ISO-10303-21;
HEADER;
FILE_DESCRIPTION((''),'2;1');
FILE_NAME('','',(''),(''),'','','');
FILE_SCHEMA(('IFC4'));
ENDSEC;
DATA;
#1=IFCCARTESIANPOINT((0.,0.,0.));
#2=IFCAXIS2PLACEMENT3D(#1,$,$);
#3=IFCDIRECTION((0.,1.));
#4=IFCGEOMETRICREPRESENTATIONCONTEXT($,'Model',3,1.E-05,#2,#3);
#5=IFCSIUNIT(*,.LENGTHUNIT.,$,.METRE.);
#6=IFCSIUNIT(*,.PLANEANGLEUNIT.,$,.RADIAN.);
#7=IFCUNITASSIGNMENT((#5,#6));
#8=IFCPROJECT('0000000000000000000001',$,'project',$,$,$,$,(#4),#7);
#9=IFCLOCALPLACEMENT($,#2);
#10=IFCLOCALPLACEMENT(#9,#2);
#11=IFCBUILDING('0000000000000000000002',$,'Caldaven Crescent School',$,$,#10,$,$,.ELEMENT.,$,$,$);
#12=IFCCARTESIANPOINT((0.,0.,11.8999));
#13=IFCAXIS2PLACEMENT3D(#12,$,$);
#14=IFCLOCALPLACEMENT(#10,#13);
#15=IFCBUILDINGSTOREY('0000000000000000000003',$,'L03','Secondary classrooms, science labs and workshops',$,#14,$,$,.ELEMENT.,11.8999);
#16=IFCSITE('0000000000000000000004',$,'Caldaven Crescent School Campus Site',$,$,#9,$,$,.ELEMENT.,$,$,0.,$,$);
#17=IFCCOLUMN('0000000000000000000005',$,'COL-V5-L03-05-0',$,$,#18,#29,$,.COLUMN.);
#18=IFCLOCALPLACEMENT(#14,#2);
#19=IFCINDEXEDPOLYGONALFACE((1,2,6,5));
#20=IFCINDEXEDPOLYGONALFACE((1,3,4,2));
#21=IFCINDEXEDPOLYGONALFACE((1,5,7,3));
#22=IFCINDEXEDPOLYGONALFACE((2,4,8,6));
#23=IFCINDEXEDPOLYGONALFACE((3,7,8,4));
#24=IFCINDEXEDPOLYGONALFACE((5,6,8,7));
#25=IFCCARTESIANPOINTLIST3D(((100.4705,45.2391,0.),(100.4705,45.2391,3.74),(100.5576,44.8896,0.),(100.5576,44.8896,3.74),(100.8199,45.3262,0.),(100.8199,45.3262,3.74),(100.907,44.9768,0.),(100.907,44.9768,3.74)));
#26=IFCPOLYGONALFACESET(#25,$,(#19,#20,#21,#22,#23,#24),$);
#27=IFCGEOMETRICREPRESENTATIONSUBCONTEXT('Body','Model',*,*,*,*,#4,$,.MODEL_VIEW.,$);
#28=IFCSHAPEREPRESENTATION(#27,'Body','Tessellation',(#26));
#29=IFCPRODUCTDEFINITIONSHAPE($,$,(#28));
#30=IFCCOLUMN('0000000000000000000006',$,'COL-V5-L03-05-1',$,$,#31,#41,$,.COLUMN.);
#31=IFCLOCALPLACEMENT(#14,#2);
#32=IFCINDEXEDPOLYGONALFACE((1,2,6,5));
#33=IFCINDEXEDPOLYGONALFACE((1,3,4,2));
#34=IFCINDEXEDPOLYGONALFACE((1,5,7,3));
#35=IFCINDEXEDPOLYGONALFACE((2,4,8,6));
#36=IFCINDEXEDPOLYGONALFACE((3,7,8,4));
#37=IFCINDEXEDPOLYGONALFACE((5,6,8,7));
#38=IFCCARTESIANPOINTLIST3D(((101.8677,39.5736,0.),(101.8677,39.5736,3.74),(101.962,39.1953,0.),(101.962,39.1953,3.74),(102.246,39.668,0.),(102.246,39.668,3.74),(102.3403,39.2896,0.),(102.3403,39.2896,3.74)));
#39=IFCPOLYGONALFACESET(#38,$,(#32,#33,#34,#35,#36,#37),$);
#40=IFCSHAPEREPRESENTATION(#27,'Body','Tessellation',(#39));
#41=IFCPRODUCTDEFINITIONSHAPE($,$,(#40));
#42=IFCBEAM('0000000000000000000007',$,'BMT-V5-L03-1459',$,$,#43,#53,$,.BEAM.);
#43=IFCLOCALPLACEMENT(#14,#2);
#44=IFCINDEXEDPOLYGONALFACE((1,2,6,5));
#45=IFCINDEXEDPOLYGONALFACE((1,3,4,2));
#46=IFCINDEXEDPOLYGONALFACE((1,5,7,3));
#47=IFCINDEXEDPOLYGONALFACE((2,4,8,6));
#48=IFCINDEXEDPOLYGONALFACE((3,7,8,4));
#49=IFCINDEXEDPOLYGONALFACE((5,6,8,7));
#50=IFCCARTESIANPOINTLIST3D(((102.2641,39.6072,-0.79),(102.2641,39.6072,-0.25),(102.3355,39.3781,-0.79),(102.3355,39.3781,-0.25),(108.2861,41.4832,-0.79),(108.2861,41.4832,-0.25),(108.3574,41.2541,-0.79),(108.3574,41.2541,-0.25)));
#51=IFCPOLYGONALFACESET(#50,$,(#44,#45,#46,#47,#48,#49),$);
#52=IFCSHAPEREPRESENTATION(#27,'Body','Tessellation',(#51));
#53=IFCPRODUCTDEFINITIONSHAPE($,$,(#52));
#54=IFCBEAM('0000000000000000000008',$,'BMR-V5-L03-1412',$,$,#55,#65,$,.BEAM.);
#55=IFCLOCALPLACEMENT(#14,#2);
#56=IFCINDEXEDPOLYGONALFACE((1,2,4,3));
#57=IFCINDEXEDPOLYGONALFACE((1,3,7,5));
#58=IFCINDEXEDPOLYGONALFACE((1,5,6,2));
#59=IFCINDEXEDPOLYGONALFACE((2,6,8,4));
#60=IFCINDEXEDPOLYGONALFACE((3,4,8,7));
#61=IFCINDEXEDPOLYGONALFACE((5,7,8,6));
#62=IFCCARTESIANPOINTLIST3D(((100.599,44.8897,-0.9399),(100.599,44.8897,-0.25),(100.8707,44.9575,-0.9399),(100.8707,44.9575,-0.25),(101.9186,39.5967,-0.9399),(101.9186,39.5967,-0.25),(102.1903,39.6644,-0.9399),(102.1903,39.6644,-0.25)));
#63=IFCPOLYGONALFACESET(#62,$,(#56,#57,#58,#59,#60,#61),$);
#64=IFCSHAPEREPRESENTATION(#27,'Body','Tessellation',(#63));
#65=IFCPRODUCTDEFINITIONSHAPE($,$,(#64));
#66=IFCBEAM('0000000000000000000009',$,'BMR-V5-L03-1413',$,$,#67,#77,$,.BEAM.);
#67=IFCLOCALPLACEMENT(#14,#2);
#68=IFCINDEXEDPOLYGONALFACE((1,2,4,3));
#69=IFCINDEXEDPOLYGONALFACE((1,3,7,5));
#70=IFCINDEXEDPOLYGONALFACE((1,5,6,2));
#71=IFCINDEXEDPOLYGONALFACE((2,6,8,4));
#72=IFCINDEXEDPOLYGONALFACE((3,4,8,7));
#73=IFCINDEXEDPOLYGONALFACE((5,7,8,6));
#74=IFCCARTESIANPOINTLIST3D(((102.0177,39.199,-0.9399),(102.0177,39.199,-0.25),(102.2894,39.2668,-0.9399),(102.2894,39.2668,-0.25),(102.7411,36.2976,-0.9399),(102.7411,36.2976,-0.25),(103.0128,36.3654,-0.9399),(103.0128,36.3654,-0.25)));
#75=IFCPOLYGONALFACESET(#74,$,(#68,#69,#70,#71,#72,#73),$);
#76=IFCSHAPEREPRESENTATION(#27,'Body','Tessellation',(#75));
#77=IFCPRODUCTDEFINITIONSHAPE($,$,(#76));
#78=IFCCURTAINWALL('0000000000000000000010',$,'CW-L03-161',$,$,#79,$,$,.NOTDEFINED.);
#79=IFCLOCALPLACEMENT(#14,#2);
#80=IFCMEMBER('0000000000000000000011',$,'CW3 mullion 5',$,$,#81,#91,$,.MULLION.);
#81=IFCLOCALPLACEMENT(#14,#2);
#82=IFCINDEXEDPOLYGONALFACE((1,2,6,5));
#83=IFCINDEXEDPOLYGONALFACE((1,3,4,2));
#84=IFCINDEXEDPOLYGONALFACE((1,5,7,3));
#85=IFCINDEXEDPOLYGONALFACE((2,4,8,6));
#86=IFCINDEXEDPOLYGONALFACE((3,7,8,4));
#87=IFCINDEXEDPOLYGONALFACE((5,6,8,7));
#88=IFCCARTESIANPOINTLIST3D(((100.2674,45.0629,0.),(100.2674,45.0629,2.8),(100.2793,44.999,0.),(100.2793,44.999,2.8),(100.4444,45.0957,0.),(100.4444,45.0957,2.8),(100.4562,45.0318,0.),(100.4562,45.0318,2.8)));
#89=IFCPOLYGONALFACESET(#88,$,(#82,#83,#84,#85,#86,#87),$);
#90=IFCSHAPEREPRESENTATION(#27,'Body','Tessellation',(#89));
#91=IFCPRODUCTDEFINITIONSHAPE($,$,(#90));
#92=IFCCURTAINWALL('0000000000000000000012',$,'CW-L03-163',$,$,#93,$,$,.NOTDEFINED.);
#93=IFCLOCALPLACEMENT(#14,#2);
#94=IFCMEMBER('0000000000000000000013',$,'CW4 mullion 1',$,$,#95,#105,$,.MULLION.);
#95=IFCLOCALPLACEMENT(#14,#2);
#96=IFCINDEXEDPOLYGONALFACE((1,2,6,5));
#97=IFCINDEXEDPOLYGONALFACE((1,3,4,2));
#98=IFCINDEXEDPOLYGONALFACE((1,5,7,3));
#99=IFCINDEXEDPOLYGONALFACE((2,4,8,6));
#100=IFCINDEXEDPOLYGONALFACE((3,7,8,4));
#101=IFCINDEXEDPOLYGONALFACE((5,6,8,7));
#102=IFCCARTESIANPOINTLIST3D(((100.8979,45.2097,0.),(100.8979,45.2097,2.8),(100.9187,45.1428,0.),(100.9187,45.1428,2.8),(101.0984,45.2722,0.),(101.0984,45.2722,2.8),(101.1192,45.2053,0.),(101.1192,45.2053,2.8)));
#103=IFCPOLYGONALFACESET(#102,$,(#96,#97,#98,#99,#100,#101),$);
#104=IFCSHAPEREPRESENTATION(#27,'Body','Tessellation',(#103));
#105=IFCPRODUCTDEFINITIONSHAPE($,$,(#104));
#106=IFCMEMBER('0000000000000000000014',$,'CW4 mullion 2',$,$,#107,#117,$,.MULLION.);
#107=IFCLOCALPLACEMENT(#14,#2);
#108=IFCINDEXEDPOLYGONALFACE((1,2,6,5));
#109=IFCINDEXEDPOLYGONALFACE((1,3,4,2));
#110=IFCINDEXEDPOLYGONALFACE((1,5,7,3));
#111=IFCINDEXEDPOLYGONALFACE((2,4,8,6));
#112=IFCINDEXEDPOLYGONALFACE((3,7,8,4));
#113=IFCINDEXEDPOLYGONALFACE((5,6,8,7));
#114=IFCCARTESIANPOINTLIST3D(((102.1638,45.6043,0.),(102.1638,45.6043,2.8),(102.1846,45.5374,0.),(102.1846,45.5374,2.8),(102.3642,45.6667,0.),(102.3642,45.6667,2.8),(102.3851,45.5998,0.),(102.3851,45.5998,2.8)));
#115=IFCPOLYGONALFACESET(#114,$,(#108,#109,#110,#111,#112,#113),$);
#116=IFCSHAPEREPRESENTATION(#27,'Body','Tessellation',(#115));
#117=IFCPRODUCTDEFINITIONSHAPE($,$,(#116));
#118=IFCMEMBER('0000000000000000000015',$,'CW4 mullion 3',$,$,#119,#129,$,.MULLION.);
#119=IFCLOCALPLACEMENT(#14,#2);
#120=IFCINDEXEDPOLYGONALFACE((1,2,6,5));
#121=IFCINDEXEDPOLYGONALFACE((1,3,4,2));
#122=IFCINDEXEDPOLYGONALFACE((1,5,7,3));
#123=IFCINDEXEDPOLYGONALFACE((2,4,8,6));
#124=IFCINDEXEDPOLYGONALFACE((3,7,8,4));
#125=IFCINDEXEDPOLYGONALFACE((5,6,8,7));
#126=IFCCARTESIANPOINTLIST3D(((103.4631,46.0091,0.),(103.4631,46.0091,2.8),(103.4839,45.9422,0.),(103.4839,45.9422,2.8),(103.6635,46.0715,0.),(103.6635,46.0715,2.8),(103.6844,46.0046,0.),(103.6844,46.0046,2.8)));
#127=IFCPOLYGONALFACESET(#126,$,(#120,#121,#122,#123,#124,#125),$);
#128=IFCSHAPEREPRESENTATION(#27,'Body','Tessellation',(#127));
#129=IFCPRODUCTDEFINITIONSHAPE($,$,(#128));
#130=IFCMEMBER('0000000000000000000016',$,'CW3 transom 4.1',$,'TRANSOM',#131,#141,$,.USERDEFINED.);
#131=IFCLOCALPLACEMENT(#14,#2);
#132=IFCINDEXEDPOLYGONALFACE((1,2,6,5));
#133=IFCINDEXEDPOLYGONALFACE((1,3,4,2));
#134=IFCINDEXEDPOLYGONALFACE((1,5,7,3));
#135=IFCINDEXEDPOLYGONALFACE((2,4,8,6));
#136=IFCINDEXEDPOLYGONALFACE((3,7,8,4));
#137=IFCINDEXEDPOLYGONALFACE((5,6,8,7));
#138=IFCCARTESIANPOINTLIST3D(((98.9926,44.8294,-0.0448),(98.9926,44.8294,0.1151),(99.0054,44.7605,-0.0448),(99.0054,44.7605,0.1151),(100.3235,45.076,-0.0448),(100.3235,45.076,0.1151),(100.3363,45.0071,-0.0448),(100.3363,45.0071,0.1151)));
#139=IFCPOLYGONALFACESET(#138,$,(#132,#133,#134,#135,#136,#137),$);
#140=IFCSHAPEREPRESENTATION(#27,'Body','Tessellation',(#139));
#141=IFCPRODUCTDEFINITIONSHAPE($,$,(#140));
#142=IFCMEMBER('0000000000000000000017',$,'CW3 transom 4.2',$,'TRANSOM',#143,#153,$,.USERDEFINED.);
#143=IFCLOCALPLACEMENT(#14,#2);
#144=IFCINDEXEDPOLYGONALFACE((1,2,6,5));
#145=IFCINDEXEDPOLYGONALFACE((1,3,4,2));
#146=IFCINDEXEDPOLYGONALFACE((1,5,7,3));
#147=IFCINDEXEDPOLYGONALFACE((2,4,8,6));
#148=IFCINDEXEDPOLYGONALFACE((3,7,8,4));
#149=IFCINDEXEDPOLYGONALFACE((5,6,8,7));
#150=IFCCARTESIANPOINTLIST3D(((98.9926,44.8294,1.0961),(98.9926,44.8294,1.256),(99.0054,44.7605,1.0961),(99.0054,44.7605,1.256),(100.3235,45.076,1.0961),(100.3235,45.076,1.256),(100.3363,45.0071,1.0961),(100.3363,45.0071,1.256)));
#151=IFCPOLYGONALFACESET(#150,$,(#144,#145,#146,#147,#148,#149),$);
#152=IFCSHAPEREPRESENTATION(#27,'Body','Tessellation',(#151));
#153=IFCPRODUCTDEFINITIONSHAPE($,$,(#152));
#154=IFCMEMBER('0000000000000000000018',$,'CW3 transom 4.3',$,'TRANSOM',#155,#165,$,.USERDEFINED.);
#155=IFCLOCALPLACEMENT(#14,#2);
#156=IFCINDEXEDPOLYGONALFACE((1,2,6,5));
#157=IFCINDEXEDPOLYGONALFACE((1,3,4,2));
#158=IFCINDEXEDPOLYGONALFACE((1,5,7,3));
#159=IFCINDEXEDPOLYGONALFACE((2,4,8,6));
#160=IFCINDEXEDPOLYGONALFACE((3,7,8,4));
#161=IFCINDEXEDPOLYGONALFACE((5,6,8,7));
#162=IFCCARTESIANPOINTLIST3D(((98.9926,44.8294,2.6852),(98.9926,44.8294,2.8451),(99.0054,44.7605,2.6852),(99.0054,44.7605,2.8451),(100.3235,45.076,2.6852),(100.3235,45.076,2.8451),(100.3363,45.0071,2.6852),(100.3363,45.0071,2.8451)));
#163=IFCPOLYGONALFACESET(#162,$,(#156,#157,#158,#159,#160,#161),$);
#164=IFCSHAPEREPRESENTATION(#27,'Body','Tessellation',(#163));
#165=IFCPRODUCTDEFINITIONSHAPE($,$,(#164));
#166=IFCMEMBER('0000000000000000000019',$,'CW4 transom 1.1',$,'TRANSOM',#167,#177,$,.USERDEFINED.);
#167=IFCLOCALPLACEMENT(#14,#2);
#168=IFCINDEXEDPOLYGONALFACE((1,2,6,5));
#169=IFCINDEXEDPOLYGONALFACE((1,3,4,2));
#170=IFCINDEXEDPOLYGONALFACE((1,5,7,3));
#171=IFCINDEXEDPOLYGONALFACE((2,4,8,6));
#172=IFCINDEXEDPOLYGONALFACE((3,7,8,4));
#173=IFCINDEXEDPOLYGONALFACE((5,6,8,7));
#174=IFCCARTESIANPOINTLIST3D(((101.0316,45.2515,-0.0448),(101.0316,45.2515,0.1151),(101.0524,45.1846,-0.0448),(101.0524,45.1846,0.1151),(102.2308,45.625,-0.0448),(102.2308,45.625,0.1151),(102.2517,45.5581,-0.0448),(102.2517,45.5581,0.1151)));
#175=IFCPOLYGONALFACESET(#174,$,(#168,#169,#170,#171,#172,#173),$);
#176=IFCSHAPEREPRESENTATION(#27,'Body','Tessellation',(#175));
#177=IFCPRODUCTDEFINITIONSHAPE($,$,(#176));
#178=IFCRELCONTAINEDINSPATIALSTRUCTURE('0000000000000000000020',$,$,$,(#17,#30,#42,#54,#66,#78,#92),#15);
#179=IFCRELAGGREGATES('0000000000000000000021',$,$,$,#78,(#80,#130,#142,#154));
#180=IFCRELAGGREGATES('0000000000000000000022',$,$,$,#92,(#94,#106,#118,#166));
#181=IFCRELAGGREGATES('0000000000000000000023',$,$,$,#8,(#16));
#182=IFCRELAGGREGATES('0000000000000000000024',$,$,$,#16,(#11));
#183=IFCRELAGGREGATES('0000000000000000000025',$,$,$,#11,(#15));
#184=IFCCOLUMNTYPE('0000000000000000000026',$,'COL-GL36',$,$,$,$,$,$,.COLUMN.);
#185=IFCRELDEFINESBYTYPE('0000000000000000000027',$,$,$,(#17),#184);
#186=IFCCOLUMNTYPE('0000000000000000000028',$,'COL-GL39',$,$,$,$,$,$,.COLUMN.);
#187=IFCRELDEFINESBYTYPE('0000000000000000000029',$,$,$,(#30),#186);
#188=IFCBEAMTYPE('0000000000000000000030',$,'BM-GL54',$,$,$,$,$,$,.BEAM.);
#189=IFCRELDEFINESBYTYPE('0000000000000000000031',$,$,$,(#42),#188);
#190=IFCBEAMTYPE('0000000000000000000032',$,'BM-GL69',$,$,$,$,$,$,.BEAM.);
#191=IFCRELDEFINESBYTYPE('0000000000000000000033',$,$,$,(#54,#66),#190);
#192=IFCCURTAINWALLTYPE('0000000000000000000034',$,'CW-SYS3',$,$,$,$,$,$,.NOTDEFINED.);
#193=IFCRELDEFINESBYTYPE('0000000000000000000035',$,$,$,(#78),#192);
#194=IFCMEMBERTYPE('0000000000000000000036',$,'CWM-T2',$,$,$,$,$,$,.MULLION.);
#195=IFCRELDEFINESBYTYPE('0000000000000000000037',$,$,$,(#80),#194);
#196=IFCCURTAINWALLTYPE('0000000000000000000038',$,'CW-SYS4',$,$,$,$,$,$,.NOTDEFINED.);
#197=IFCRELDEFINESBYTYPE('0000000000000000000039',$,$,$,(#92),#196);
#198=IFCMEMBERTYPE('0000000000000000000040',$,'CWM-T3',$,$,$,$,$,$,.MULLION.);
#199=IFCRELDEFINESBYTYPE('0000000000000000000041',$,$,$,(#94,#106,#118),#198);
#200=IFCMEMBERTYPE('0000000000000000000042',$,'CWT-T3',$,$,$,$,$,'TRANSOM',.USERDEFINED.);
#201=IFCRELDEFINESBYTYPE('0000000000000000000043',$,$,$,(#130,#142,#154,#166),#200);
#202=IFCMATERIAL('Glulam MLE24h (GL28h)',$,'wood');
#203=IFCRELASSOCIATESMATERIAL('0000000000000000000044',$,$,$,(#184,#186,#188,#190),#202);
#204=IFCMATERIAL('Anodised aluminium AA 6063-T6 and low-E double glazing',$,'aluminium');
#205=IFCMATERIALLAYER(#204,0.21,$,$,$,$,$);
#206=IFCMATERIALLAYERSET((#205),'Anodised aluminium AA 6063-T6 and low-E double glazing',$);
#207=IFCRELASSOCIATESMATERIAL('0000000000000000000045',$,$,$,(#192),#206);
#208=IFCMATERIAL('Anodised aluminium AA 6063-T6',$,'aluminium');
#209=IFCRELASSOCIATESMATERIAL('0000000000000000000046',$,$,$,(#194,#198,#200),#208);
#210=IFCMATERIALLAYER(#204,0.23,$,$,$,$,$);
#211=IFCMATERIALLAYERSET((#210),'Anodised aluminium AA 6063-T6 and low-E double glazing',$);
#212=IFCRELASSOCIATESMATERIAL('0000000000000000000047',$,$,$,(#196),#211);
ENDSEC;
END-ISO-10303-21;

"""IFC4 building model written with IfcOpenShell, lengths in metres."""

from ifc_helpers import new_model, si_unit, direction, frame, origin, origin_2d, place, context, subcontext, project, spatial, rectangle, extrude, material, layer, layer_set, material_profile, profile_set, type_object, element, aggregate, save


model = new_model("IFC4")

# Units and contexts
model_context = context("Model", 3, precision=1e-05, world=origin(), true_north=direction((0.0, 1.0)))
body_context = subcontext(model_context, "Body", "Model", "MODEL_VIEW")
ifc_project = project(units=[si_unit("LENGTHUNIT", "METRE"), si_unit("PLANEANGLEUNIT", "RADIAN")], contexts=[model_context])

# Site, building, storey
site_placement = place(None, origin())
site = spatial("IfcSite", under=ifc_project, at=site_placement, Name="Caldaven Crescent School Campus Site", CompositionType="ELEMENT", RefElevation=0.0)
building_placement = place(site_placement, origin())
building = spatial("IfcBuilding", under=site, at=building_placement, Name="Caldaven Crescent School", CompositionType="ELEMENT")
storey_placement = place(building_placement, frame((0.0, 0.0, 11.8999)))
storey = spatial("IfcBuildingStorey", under=building, at=storey_placement, Name="L03", Description="Secondary classrooms, science labs and workshops", CompositionType="ELEMENT", Elevation=11.8999)

# Columns
ifc_material_1 = material(Name="Glulam MLE24h (GL28h)", Category="wood")
ifc_material_profile_1 = material_profile(ifc_material_1, rectangle(XDim=0.3601, YDim=0.3601, at=origin_2d()), Name="MLE 360x360")
ifc_profile_set_1 = profile_set([ifc_material_profile_1], Name="Glulam MLE24h (GL28h)")
column_type_1 = type_object("IfcColumnType", Name="COL-GL36", PredefinedType="COLUMN", material=ifc_profile_set_1)
column_1_placement = place(storey_placement, frame((100.6887, 45.1079, 0.0), z_axis=(0.0, 0.0, 1.0), x_axis=(0.241922, -0.970296, 0.0)))
element("IfcColumn", 1, at=column_1_placement, inside=storey, type_object=column_type_1, Name="COL-V5-L03-05-0", PredefinedType="COLUMN", context=body_context, shape_type="SweptSolid", body=[
    extrude(rectangle(XDim=0.3601, YDim=0.3601, at=origin_2d()), origin(), (0.0, 0.0, 1.0), 3.74),
])
ifc_material_profile_2 = material_profile(ifc_material_1, rectangle(XDim=0.3899, YDim=0.3899, at=origin_2d()), Name="MLE 390x390")
ifc_profile_set_2 = profile_set([ifc_material_profile_2], Name="Glulam MLE24h (GL28h)")
column_type_2 = type_object("IfcColumnType", Name="COL-GL39", PredefinedType="COLUMN", material=ifc_profile_set_2)
column_2_placement = place(storey_placement, frame((102.104, 39.4316, 0.0), z_axis=(0.0, 0.0, 1.0), x_axis=(0.241922, -0.970296, 0.0)))
element("IfcColumn", 2, at=column_2_placement, inside=storey, type_object=column_type_2, Name="COL-V5-L03-05-1", PredefinedType="COLUMN", context=body_context, shape_type="SweptSolid", body=[
    extrude(rectangle(XDim=0.3899, YDim=0.3899, at=origin_2d()), origin(), (0.0, 0.0, 1.0), 3.74),
])

# Beams
ifc_material_profile_3 = material_profile(ifc_material_1, rectangle(XDim=0.24, YDim=0.54, at=origin_2d()), Name="MLE 240x540")
ifc_profile_set_3 = profile_set([ifc_material_profile_3], Name="Glulam MLE24h (GL28h)")
beam_type_1 = type_object("IfcBeamType", Name="BM-GL54", PredefinedType="BEAM", material=ifc_profile_set_3)
beam_1_placement = place(storey_placement, frame((102.2998, 39.4927, -0.52), z_axis=(0.954745, 0.297424, 0.0), x_axis=(-0.297424, 0.954745, 0.0)))
element("IfcBeam", 3, at=beam_1_placement, inside=storey, type_object=beam_type_1, Name="BMT-V5-L03-1459", PredefinedType="BEAM", context=body_context, shape_type="SweptSolid", body=[
    extrude(rectangle(XDim=0.24, YDim=0.54, at=origin_2d()), origin(), (0.0, 0.0, 1.0), 6.3074),
])
ifc_material_profile_4 = material_profile(ifc_material_1, rectangle(XDim=0.28, YDim=0.6899, at=origin_2d()), Name="MLE 280x690")
ifc_profile_set_4 = profile_set([ifc_material_profile_4], Name="Glulam MLE24h (GL28h)")
beam_type_2 = type_object("IfcBeamType", Name="BM-GL69", PredefinedType="BEAM", material=ifc_profile_set_4)
beam_2_placement = place(storey_placement, frame((100.7349, 44.9236, -0.595), z_axis=(0.241904, -0.9703, 0.0), x_axis=(0.9703, 0.241904, 0.0)))
element("IfcBeam", 4, at=beam_2_placement, inside=storey, type_object=beam_type_2, Name="BMR-V5-L03-1412", PredefinedType="BEAM", context=body_context, shape_type="SweptSolid", body=[
    extrude(rectangle(XDim=0.28, YDim=0.6899, at=origin_2d()), origin(), (0.0, 0.0, 1.0), 5.4551),
])
beam_3_placement = place(storey_placement, frame((102.1536, 39.2329, -0.595), z_axis=(0.241921, -0.970296, 0.0), x_axis=(0.970296, 0.241921, 0.0)))
element("IfcBeam", 5, at=beam_3_placement, inside=storey, type_object=beam_type_2, Name="BMR-V5-L03-1413", PredefinedType="BEAM", context=body_context, shape_type="SweptSolid", body=[
    extrude(rectangle(XDim=0.28, YDim=0.6899, at=origin_2d()), origin(), (0.0, 0.0, 1.0), 2.9902),
])

# Curtain wall, member
ifc_material_2 = material(Name="Anodised aluminium AA 6063-T6 and low-E double glazing", Category="aluminium")
ifc_layer_1 = layer(ifc_material_2, 0.21)
ifc_layer_set_1 = layer_set([ifc_layer_1], Name="Anodised aluminium AA 6063-T6 and low-E double glazing")
curtain_wall_type_1 = type_object("IfcCurtainWallType", Name="CW-SYS3", PredefinedType="NOTDEFINED", material=ifc_layer_set_1)
curtain_wall_1_placement = place(storey_placement, origin())
curtain_wall_1 = element("IfcCurtainWall", 6, at=curtain_wall_1_placement, inside=storey, type_object=curtain_wall_type_1, Name="CW-L03-161", PredefinedType="NOTDEFINED")
ifc_material_3 = material(Name="Anodised aluminium AA 6063-T6", Category="aluminium")
ifc_material_profile_5 = material_profile(ifc_material_3, rectangle(XDim=0.0649, YDim=0.1799, at=origin_2d()), Name="CWM 65x180")
ifc_profile_set_5 = profile_set([ifc_material_profile_5], Name="Anodised aluminium AA 6063-T6")
member_type_1 = type_object("IfcMemberType", Name="CWM-T2", PredefinedType="MULLION", material=ifc_profile_set_5)
member_1_placement = place(storey_placement, frame((100.3618, 45.0474, 0.0), z_axis=(0.0, 0.0, 1.0), x_axis=(-0.182236, 0.983255, 0.0)))
member_1 = element("IfcMember", 7, at=member_1_placement, type_object=member_type_1, Name="CW3 mullion 5", PredefinedType="MULLION", context=body_context, shape_type="SweptSolid", body=[
    extrude(rectangle(XDim=0.0649, YDim=0.1799, at=origin_2d()), origin(), (0.0, 0.0, 1.0), 2.8),
])

# Curtain wall, members
ifc_layer_2 = layer(ifc_material_2, 0.23)
ifc_layer_set_2 = layer_set([ifc_layer_2], Name="Anodised aluminium AA 6063-T6 and low-E double glazing")
curtain_wall_type_2 = type_object("IfcCurtainWallType", Name="CW-SYS4", PredefinedType="NOTDEFINED", material=ifc_layer_set_2)
curtain_wall_2_placement = place(storey_placement, origin())
curtain_wall_2 = element("IfcCurtainWall", 8, at=curtain_wall_2_placement, inside=storey, type_object=curtain_wall_type_2, Name="CW-L03-163", PredefinedType="NOTDEFINED")
ifc_material_profile_6 = material_profile(ifc_material_3, rectangle(XDim=0.0701, YDim=0.21, at=origin_2d()), Name="CWM 70x210")
ifc_profile_set_6 = profile_set([ifc_material_profile_6], Name="Anodised aluminium AA 6063-T6")
member_type_2 = type_object("IfcMemberType", Name="CWM-T3", PredefinedType="MULLION", material=ifc_profile_set_6)
member_2_placement = place(storey_placement, frame((101.0085, 45.2075, 0.0), z_axis=(0.0, 0.0, 1.0), x_axis=(-0.29742, 0.954747, 0.0)))
member_2 = element("IfcMember", 9, at=member_2_placement, type_object=member_type_2, Name="CW4 mullion 1", PredefinedType="MULLION", context=body_context, shape_type="SweptSolid", body=[
    extrude(rectangle(XDim=0.0701, YDim=0.21, at=origin_2d()), origin(), (0.0, 0.0, 1.0), 2.8),
])
member_3_placement = place(storey_placement, frame((102.2744, 45.6021, 0.0), z_axis=(0.0, 0.0, 1.0), x_axis=(-0.29742, 0.954747, 0.0)))
member_3 = element("IfcMember", 10, at=member_3_placement, type_object=member_type_2, Name="CW4 mullion 2", PredefinedType="MULLION", context=body_context, shape_type="SweptSolid", body=[
    extrude(rectangle(XDim=0.0701, YDim=0.21, at=origin_2d()), origin(), (0.0, 0.0, 1.0), 2.8),
])
member_4_placement = place(storey_placement, frame((103.5737, 46.0068, 0.0), z_axis=(0.0, 0.0, 1.0), x_axis=(-0.29742, 0.954747, 0.0)))
member_4 = element("IfcMember", 11, at=member_4_placement, type_object=member_type_2, Name="CW4 mullion 3", PredefinedType="MULLION", context=body_context, shape_type="SweptSolid", body=[
    extrude(rectangle(XDim=0.0701, YDim=0.21, at=origin_2d()), origin(), (0.0, 0.0, 1.0), 2.8),
])

# Members
ifc_material_profile_7 = material_profile(ifc_material_3, rectangle(XDim=0.0701, YDim=0.1599, at=origin_2d()), Name="CWT 70x160")
ifc_profile_set_7 = profile_set([ifc_material_profile_7], Name="Anodised aluminium AA 6063-T6")
member_type_3 = type_object("IfcMemberType", Name="CWT-T3", ElementType="TRANSOM", PredefinedType="USERDEFINED", material=ifc_profile_set_7)
member_5_placement = place(storey_placement, frame((98.999, 44.7949, 0.0352), z_axis=(0.983264, 0.182186, 0.0), x_axis=(-0.182186, 0.983264, 0.0)))
member_5 = element("IfcMember", 12, at=member_5_placement, type_object=member_type_3, Name="CW3 transom 4.1", ObjectType="TRANSOM", PredefinedType="USERDEFINED", context=body_context, shape_type="SweptSolid", body=[
    extrude(rectangle(XDim=0.0701, YDim=0.1599, at=origin_2d()), origin(), (0.0, 0.0, 1.0), 1.3535),
])
member_6_placement = place(storey_placement, frame((98.999, 44.7949, 1.176), z_axis=(0.983264, 0.182186, 0.0), x_axis=(-0.182186, 0.983264, 0.0)))
member_6 = element("IfcMember", 13, at=member_6_placement, type_object=member_type_3, Name="CW3 transom 4.2", ObjectType="TRANSOM", PredefinedType="USERDEFINED", context=body_context, shape_type="SweptSolid", body=[
    extrude(rectangle(XDim=0.0701, YDim=0.1599, at=origin_2d()), origin(), (0.0, 0.0, 1.0), 1.3535),
])
member_7_placement = place(storey_placement, frame((98.999, 44.7949, 2.7651), z_axis=(0.983264, 0.182186, 0.0), x_axis=(-0.182186, 0.983264, 0.0)))
member_7 = element("IfcMember", 14, at=member_7_placement, type_object=member_type_3, Name="CW3 transom 4.3", ObjectType="TRANSOM", PredefinedType="USERDEFINED", context=body_context, shape_type="SweptSolid", body=[
    extrude(rectangle(XDim=0.0701, YDim=0.1599, at=origin_2d()), origin(), (0.0, 0.0, 1.0), 1.3535),
])
member_8_placement = place(storey_placement, frame((101.042, 45.218, 0.0352), z_axis=(0.954756, 0.297389, 0.0), x_axis=(-0.297389, 0.954756, 0.0)))
member_8 = element("IfcMember", 15, at=member_8_placement, type_object=member_type_3, Name="CW4 transom 1.1", ObjectType="TRANSOM", PredefinedType="USERDEFINED", context=body_context, shape_type="SweptSolid", body=[
    extrude(rectangle(XDim=0.0701, YDim=0.1599, at=origin_2d()), origin(), (0.0, 0.0, 1.0), 1.2561),
])

aggregate(curtain_wall_1, [member_1, member_5, member_6, member_7])
aggregate(curtain_wall_2, [member_2, member_3, member_4, member_8])

save(model, "model.ifc")
